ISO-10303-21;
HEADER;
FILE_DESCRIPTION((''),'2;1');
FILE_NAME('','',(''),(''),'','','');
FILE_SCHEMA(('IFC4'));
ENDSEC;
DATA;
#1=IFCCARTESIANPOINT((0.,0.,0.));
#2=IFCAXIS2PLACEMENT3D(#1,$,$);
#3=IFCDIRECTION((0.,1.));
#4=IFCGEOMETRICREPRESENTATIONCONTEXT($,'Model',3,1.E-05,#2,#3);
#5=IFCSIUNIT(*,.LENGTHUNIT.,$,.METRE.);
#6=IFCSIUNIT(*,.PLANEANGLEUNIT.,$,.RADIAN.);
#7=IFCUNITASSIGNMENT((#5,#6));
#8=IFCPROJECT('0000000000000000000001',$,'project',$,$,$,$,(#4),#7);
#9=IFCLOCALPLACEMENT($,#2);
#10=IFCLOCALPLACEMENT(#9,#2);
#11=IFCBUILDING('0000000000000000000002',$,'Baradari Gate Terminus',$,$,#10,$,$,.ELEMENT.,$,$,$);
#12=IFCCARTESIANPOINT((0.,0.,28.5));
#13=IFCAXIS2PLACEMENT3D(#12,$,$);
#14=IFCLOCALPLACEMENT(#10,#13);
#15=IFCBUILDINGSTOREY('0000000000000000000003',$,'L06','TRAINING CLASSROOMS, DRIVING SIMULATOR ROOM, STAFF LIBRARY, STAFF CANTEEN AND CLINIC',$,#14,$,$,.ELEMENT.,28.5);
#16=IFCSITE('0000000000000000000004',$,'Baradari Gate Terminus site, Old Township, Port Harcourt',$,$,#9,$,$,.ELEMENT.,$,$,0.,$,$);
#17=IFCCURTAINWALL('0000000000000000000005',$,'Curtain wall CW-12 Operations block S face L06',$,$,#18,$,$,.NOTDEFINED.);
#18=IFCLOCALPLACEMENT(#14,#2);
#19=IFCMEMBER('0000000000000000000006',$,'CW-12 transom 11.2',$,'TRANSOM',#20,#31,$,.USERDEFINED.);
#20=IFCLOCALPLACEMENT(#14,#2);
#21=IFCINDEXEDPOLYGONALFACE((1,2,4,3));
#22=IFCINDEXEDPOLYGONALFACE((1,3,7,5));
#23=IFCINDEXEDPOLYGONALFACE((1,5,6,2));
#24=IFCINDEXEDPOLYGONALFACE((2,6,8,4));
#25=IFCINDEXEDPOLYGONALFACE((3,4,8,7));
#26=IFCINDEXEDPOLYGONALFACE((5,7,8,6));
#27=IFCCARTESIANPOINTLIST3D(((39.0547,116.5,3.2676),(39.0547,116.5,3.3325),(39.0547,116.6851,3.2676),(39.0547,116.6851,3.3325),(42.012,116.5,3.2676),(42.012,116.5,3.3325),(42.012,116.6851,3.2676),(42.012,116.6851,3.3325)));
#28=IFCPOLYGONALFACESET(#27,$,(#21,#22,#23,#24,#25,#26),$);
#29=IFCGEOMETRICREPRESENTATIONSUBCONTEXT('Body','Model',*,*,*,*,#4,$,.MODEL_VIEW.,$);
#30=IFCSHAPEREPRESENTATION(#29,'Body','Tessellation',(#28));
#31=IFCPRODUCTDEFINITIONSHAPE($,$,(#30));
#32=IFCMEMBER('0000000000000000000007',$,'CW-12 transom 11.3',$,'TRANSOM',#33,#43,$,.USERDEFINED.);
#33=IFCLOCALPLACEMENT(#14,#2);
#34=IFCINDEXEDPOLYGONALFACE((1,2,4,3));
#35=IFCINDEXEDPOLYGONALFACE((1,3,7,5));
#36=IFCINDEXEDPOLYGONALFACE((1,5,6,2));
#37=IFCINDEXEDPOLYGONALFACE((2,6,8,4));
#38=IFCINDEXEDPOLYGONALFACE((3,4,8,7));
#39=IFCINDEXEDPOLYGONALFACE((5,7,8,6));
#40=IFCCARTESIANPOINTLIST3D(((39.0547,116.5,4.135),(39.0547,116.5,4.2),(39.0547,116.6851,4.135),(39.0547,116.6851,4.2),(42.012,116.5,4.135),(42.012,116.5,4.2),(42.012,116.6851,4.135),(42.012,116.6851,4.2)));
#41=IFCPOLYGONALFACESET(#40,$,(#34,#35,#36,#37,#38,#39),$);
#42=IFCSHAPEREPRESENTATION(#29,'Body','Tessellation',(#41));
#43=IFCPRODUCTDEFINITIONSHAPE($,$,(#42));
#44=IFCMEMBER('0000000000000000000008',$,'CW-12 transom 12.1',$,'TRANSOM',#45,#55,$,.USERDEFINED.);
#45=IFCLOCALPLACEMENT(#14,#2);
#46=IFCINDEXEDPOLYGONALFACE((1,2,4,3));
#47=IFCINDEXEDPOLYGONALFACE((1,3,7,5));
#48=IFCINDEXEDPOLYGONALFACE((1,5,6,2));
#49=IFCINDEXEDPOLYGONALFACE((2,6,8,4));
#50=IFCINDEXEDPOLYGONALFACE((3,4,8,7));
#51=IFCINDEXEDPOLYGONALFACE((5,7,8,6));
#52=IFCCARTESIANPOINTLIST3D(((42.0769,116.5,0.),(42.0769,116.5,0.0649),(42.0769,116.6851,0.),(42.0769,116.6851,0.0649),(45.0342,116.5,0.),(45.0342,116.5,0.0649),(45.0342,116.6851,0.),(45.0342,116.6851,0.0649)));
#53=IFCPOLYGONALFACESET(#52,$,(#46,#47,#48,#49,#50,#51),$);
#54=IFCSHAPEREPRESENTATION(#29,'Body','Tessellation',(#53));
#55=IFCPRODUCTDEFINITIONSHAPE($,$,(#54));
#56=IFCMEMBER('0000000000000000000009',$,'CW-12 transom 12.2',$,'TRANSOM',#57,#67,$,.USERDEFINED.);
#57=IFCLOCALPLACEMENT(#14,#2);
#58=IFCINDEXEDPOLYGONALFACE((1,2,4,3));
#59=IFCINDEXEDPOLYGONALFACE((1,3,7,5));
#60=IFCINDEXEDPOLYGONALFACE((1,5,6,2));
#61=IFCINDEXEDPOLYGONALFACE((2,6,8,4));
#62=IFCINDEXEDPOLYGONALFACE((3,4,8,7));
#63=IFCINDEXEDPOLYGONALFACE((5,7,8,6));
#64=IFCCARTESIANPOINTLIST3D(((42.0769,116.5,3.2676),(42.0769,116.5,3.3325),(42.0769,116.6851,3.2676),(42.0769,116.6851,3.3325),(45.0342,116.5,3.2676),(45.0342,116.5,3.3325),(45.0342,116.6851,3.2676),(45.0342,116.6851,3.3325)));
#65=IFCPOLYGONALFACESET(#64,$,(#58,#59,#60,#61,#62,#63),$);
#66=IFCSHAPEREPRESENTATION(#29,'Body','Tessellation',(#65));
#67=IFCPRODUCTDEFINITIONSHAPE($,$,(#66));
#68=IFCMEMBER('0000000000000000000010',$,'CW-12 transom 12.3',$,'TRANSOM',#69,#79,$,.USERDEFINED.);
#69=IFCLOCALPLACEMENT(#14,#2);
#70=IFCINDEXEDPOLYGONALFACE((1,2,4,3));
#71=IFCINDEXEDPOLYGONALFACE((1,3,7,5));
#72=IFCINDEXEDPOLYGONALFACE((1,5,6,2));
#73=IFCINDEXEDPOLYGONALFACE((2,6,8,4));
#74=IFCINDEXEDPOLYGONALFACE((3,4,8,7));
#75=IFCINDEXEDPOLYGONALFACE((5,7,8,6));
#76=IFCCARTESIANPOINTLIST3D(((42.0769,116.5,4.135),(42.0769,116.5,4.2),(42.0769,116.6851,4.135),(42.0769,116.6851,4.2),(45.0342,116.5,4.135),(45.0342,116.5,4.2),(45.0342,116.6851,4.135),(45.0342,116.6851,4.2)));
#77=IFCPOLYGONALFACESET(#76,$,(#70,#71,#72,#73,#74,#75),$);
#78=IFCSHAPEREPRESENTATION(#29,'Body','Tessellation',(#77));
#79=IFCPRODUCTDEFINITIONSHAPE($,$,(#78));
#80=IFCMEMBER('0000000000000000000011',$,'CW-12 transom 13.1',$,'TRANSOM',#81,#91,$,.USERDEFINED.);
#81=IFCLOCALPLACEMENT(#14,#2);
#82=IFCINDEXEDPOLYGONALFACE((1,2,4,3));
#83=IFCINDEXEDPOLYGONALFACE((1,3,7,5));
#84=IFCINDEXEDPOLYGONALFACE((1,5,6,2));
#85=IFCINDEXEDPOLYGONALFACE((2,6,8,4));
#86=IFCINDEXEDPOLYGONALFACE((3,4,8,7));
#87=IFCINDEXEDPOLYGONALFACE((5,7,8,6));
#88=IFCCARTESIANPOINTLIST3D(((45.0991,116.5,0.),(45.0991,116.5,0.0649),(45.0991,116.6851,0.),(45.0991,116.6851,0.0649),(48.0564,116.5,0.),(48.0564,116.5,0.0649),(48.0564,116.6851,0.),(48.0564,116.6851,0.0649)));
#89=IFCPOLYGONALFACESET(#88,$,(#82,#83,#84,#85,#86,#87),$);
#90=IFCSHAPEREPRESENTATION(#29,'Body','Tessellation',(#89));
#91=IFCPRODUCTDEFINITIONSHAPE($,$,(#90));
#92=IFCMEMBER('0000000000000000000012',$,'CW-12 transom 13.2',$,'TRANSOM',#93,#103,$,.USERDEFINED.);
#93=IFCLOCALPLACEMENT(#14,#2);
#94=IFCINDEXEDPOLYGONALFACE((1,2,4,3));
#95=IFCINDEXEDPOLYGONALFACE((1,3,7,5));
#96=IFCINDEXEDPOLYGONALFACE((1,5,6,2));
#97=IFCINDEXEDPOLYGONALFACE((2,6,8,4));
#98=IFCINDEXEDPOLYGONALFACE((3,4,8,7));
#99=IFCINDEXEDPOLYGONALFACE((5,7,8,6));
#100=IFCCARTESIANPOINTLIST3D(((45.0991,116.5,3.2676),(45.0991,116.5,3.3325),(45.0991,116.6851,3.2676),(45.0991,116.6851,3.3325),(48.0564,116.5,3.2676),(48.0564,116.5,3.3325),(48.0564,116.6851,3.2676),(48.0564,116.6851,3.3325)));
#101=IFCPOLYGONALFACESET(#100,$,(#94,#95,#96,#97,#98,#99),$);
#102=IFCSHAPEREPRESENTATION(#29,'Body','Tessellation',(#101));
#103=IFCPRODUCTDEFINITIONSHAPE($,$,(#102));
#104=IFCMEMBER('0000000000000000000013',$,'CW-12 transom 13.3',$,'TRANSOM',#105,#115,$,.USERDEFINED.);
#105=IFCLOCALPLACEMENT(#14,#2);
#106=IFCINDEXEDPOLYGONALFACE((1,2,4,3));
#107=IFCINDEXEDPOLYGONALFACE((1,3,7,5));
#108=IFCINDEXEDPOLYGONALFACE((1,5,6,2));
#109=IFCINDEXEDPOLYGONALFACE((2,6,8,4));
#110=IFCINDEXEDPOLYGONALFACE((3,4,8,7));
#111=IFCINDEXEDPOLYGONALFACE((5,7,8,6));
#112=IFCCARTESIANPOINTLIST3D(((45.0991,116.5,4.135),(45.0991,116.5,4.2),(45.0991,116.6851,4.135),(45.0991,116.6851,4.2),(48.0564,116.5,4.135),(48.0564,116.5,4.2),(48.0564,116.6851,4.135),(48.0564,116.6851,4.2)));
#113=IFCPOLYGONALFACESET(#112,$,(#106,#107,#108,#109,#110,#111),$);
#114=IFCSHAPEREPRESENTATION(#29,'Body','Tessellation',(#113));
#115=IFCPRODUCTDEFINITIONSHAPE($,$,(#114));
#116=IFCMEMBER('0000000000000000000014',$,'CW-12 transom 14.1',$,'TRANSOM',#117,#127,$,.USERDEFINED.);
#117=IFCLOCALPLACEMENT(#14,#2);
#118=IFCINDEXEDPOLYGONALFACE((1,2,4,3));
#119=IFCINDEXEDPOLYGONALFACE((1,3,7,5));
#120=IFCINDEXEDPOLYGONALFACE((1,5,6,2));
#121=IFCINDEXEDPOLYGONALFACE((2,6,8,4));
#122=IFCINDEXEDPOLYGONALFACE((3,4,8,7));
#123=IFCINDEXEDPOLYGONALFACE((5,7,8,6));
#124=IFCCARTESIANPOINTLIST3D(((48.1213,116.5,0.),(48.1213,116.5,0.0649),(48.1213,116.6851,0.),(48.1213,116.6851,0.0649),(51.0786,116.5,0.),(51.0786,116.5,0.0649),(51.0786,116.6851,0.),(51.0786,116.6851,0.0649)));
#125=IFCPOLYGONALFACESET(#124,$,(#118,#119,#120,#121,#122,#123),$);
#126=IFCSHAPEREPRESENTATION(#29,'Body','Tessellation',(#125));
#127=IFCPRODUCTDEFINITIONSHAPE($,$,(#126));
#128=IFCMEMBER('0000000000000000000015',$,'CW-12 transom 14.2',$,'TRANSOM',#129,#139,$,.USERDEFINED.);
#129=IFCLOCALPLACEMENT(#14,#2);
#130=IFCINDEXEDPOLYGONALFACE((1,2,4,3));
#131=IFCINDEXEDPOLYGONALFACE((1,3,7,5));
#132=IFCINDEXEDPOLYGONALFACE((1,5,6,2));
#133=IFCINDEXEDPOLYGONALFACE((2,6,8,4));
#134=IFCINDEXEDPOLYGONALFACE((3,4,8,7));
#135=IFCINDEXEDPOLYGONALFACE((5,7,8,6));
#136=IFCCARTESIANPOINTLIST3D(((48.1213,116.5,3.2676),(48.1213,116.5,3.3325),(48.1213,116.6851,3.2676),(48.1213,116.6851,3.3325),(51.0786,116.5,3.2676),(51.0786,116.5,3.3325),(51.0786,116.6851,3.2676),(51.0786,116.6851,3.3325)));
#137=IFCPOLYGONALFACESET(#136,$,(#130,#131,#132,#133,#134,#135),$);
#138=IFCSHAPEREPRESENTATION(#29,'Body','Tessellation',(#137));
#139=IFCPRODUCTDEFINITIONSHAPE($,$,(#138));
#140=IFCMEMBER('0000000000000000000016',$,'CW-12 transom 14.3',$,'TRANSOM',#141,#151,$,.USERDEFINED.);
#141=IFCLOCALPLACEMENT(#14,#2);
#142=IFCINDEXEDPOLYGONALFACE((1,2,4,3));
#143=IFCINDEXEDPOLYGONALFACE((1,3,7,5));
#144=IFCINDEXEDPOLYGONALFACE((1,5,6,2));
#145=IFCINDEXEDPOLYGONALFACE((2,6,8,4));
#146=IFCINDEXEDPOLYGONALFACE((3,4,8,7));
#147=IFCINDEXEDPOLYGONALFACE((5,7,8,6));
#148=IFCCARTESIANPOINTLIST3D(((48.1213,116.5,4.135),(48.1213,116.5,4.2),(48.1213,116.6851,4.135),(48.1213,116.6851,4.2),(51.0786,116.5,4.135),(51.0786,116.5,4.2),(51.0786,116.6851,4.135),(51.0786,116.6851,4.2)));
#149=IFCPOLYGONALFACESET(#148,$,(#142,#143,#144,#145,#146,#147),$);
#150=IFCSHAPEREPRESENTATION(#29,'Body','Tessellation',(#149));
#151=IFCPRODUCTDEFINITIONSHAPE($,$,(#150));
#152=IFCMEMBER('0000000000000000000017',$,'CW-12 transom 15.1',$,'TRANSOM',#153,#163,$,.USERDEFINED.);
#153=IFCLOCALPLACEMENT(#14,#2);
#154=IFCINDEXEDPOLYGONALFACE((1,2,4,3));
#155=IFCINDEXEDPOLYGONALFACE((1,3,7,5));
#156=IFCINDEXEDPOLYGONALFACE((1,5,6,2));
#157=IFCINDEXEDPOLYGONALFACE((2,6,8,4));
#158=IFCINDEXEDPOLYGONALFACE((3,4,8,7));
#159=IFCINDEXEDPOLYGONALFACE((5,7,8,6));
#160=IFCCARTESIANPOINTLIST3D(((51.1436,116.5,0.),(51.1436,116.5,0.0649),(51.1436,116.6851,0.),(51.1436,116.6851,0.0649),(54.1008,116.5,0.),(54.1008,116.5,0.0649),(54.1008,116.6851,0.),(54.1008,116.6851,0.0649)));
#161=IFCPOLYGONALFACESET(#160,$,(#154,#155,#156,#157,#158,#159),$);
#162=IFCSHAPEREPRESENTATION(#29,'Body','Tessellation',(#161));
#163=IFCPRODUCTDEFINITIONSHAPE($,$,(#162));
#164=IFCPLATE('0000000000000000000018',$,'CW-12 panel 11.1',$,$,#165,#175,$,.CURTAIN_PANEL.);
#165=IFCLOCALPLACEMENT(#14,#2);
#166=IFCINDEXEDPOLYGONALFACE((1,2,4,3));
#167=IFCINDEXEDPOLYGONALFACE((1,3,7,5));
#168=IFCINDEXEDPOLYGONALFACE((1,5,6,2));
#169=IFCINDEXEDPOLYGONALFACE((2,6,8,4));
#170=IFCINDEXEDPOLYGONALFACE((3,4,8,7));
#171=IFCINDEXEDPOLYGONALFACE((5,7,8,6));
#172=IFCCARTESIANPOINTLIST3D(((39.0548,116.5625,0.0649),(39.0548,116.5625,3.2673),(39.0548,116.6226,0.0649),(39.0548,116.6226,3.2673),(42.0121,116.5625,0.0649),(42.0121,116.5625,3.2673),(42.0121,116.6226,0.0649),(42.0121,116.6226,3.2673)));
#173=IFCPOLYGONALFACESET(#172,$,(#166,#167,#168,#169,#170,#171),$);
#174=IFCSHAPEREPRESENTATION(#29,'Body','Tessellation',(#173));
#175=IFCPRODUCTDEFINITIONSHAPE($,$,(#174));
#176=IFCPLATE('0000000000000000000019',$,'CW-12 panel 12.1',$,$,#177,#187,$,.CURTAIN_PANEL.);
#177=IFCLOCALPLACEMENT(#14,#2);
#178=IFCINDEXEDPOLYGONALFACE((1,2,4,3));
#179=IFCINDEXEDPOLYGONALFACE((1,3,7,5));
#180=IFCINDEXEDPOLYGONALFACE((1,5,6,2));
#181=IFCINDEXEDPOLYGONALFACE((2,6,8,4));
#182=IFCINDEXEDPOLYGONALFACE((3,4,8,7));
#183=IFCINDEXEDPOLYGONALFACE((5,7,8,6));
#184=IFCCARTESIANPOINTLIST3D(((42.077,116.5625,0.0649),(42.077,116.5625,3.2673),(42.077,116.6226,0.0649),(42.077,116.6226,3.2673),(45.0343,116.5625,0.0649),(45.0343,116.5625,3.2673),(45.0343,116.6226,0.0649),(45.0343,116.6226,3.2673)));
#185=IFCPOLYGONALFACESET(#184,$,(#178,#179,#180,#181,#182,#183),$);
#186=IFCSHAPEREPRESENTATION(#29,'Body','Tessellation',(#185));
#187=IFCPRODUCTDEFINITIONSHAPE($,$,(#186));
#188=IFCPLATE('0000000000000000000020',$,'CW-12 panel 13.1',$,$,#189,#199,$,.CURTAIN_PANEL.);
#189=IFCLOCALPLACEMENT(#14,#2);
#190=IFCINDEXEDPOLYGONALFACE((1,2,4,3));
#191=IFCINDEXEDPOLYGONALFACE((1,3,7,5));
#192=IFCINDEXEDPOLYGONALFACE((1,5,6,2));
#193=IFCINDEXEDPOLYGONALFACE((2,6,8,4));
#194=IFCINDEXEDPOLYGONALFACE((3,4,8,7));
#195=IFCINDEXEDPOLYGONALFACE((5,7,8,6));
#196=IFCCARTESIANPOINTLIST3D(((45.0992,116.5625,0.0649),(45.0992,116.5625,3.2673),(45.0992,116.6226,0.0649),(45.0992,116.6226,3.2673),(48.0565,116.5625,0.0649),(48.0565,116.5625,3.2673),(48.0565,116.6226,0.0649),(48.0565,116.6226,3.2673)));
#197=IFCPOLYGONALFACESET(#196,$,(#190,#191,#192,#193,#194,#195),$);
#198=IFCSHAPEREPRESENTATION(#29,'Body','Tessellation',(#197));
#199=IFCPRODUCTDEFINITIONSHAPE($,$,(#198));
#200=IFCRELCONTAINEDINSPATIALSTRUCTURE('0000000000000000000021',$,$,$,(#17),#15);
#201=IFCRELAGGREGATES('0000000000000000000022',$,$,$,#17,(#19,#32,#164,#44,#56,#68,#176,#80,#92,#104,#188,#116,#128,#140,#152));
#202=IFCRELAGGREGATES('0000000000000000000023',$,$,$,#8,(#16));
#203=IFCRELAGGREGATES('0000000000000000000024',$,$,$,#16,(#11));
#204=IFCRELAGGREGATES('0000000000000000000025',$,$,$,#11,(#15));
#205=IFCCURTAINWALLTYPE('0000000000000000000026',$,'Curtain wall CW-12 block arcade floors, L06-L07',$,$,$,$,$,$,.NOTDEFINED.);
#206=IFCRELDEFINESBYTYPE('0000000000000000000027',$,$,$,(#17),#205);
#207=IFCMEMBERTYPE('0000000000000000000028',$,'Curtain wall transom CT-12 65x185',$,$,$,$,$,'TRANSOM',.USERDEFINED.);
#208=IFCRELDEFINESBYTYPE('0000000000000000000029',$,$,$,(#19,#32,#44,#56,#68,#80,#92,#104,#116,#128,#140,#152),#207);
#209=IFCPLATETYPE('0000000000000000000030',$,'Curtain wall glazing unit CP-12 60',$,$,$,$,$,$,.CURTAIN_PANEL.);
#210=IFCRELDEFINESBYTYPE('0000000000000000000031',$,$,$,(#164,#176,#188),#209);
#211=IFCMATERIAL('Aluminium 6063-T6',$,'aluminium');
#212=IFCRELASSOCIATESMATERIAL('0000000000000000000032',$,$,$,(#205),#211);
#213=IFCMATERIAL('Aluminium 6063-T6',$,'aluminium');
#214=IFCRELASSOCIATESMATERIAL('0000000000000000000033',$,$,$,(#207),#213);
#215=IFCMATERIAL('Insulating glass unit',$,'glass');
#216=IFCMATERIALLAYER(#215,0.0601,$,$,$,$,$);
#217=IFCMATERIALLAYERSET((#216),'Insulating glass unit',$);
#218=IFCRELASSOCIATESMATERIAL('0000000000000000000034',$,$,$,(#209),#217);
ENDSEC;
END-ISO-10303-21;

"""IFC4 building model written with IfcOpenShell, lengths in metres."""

from ifc_helpers import new_model, si_unit, direction, frame, origin, origin_2d, place, context, subcontext, project, spatial, rectangle, extrude, material, layer, layer_set, material_profile, profile_set, type_object, element, aggregate, save


model = new_model("IFC4")

# Units and contexts
model_context = context("Model", 3, precision=1e-05, world=origin(), true_north=direction((0.0, 1.0)))
body_context = subcontext(model_context, "Body", "Model", "MODEL_VIEW")
ifc_project = project(units=[si_unit("LENGTHUNIT", "METRE"), si_unit("PLANEANGLEUNIT", "RADIAN")], contexts=[model_context])

# Site, building, storey
site_placement = place(None, origin())
site = spatial("IfcSite", under=ifc_project, at=site_placement, Name="Baradari Gate Terminus site, Old Township, Port Harcourt", CompositionType="ELEMENT", RefElevation=0.0)
building_placement = place(site_placement, origin())
building = spatial("IfcBuilding", under=site, at=building_placement, Name="Baradari Gate Terminus", CompositionType="ELEMENT")
storey_placement = place(building_placement, frame((0.0, 0.0, 28.5)))
storey = spatial("IfcBuildingStorey", under=building, at=storey_placement, Name="L06", Description="TRAINING CLASSROOMS, DRIVING SIMULATOR ROOM, STAFF LIBRARY, STAFF CANTEEN AND CLINIC", CompositionType="ELEMENT", Elevation=28.5)

# Curtain wall, members, plates
ifc_material_1 = material(Name="Aluminium 6063-T6", Category="aluminium")
curtain_wall_type = type_object("IfcCurtainWallType", Name="Curtain wall CW-12 block arcade floors, L06-L07", PredefinedType="NOTDEFINED", material=ifc_material_1)
curtain_wall_placement = place(storey_placement, origin())
curtain_wall = element("IfcCurtainWall", 1, at=curtain_wall_placement, inside=storey, type_object=curtain_wall_type, Name="Curtain wall CW-12 Operations block S face L06", PredefinedType="NOTDEFINED")
ifc_material_2 = material(Name="Aluminium 6063-T6", Category="aluminium")
ifc_material_profile = material_profile(ifc_material_2, rectangle(XDim=0.1851, YDim=0.0649, at=origin_2d()), Name="CT-12 65X185")
ifc_profile_set = profile_set([ifc_material_profile], Name="Aluminium 6063-T6")
member_type = type_object("IfcMemberType", Name="Curtain wall transom CT-12 65x185", ElementType="TRANSOM", PredefinedType="USERDEFINED", material=ifc_profile_set)
member_1_placement = place(storey_placement, frame((39.0547, 116.5925, 3.3), z_axis=(1.0, 0.0, 0.0), x_axis=(0.0, 1.0, 0.0)))
member_1 = element("IfcMember", 2, at=member_1_placement, type_object=member_type, Name="CW-12 transom 11.2", ObjectType="TRANSOM", PredefinedType="USERDEFINED", context=body_context, shape_type="SweptSolid", body=[
    extrude(rectangle(XDim=0.1851, YDim=0.0649, at=origin_2d()), origin(), (0.0, 0.0, 1.0), 2.9573),
])
member_2_placement = place(storey_placement, frame((39.0547, 116.5925, 4.1675), z_axis=(1.0, 0.0, 0.0), x_axis=(0.0, 1.0, 0.0)))
member_2 = element("IfcMember", 3, at=member_2_placement, type_object=member_type, Name="CW-12 transom 11.3", ObjectType="TRANSOM", PredefinedType="USERDEFINED", context=body_context, shape_type="SweptSolid", body=[
    extrude(rectangle(XDim=0.1851, YDim=0.0649, at=origin_2d()), origin(), (0.0, 0.0, 1.0), 2.9573),
])
member_3_placement = place(storey_placement, frame((42.0769, 116.5925, 0.0325), z_axis=(1.0, 0.0, 0.0), x_axis=(0.0, 1.0, 0.0)))
member_3 = element("IfcMember", 4, at=member_3_placement, type_object=member_type, Name="CW-12 transom 12.1", ObjectType="TRANSOM", PredefinedType="USERDEFINED", context=body_context, shape_type="SweptSolid", body=[
    extrude(rectangle(XDim=0.1851, YDim=0.0649, at=origin_2d()), origin(), (0.0, 0.0, 1.0), 2.9573),
])
member_4_placement = place(storey_placement, frame((42.0769, 116.5925, 3.3), z_axis=(1.0, 0.0, 0.0), x_axis=(0.0, 1.0, 0.0)))
member_4 = element("IfcMember", 5, at=member_4_placement, type_object=member_type, Name="CW-12 transom 12.2", ObjectType="TRANSOM", PredefinedType="USERDEFINED", context=body_context, shape_type="SweptSolid", body=[
    extrude(rectangle(XDim=0.1851, YDim=0.0649, at=origin_2d()), origin(), (0.0, 0.0, 1.0), 2.9573),
])
member_5_placement = place(storey_placement, frame((42.0769, 116.5925, 4.1675), z_axis=(1.0, 0.0, 0.0), x_axis=(0.0, 1.0, 0.0)))
member_5 = element("IfcMember", 6, at=member_5_placement, type_object=member_type, Name="CW-12 transom 12.3", ObjectType="TRANSOM", PredefinedType="USERDEFINED", context=body_context, shape_type="SweptSolid", body=[
    extrude(rectangle(XDim=0.1851, YDim=0.0649, at=origin_2d()), origin(), (0.0, 0.0, 1.0), 2.9573),
])
member_6_placement = place(storey_placement, frame((45.0991, 116.5925, 0.0325), z_axis=(1.0, 0.0, 0.0), x_axis=(0.0, 1.0, 0.0)))
member_6 = element("IfcMember", 7, at=member_6_placement, type_object=member_type, Name="CW-12 transom 13.1", ObjectType="TRANSOM", PredefinedType="USERDEFINED", context=body_context, shape_type="SweptSolid", body=[
    extrude(rectangle(XDim=0.1851, YDim=0.0649, at=origin_2d()), origin(), (0.0, 0.0, 1.0), 2.9573),
])
member_7_placement = place(storey_placement, frame((45.0991, 116.5925, 3.3), z_axis=(1.0, 0.0, 0.0), x_axis=(0.0, 1.0, 0.0)))
member_7 = element("IfcMember", 8, at=member_7_placement, type_object=member_type, Name="CW-12 transom 13.2", ObjectType="TRANSOM", PredefinedType="USERDEFINED", context=body_context, shape_type="SweptSolid", body=[
    extrude(rectangle(XDim=0.1851, YDim=0.0649, at=origin_2d()), origin(), (0.0, 0.0, 1.0), 2.9573),
])
member_8_placement = place(storey_placement, frame((45.0991, 116.5925, 4.1675), z_axis=(1.0, 0.0, 0.0), x_axis=(0.0, 1.0, 0.0)))
member_8 = element("IfcMember", 9, at=member_8_placement, type_object=member_type, Name="CW-12 transom 13.3", ObjectType="TRANSOM", PredefinedType="USERDEFINED", context=body_context, shape_type="SweptSolid", body=[
    extrude(rectangle(XDim=0.1851, YDim=0.0649, at=origin_2d()), origin(), (0.0, 0.0, 1.0), 2.9573),
])
member_9_placement = place(storey_placement, frame((48.1213, 116.5925, 0.0325), z_axis=(1.0, 0.0, 0.0), x_axis=(0.0, 1.0, 0.0)))
member_9 = element("IfcMember", 10, at=member_9_placement, type_object=member_type, Name="CW-12 transom 14.1", ObjectType="TRANSOM", PredefinedType="USERDEFINED", context=body_context, shape_type="SweptSolid", body=[
    extrude(rectangle(XDim=0.1851, YDim=0.0649, at=origin_2d()), origin(), (0.0, 0.0, 1.0), 2.9573),
])
member_10_placement = place(storey_placement, frame((48.1213, 116.5925, 3.3), z_axis=(1.0, 0.0, 0.0), x_axis=(0.0, 1.0, 0.0)))
member_10 = element("IfcMember", 11, at=member_10_placement, type_object=member_type, Name="CW-12 transom 14.2", ObjectType="TRANSOM", PredefinedType="USERDEFINED", context=body_context, shape_type="SweptSolid", body=[
    extrude(rectangle(XDim=0.1851, YDim=0.0649, at=origin_2d()), origin(), (0.0, 0.0, 1.0), 2.9573),
])
member_11_placement = place(storey_placement, frame((48.1213, 116.5925, 4.1675), z_axis=(1.0, 0.0, 0.0), x_axis=(0.0, 1.0, 0.0)))
member_11 = element("IfcMember", 12, at=member_11_placement, type_object=member_type, Name="CW-12 transom 14.3", ObjectType="TRANSOM", PredefinedType="USERDEFINED", context=body_context, shape_type="SweptSolid", body=[
    extrude(rectangle(XDim=0.1851, YDim=0.0649, at=origin_2d()), origin(), (0.0, 0.0, 1.0), 2.9573),
])
member_12_placement = place(storey_placement, frame((51.1436, 116.5925, 0.0325), z_axis=(1.0, 0.0, 0.0), x_axis=(0.0, 1.0, 0.0)))
member_12 = element("IfcMember", 13, at=member_12_placement, type_object=member_type, Name="CW-12 transom 15.1", ObjectType="TRANSOM", PredefinedType="USERDEFINED", context=body_context, shape_type="SweptSolid", body=[
    extrude(rectangle(XDim=0.1851, YDim=0.0649, at=origin_2d()), origin(), (0.0, 0.0, 1.0), 2.9573),
])
ifc_material_3 = material(Name="Insulating glass unit", Category="glass")
ifc_layer_1 = layer(ifc_material_3, 0.0601)
ifc_layer_set_1 = layer_set([ifc_layer_1], Name="Insulating glass unit")
plate_type_1 = type_object("IfcPlateType", Name="Curtain wall glazing unit CP-12 60", PredefinedType="CURTAIN_PANEL", material=ifc_layer_set_1)
plate_1_placement = place(storey_placement, frame((40.5334, 116.5925, 0.0649), z_axis=(0.0, 0.0, 1.0), x_axis=(1.0, 0.0, 0.0)))
plate_1 = element("IfcPlate", 14, at=plate_1_placement, type_object=plate_type_1, Name="CW-12 panel 11.1", PredefinedType="CURTAIN_PANEL", context=body_context, shape_type="SweptSolid", body=[
    extrude(rectangle(XDim=2.9573, YDim=0.0601, at=origin_2d()), origin(), (0.0, 0.0, 1.0), 3.2024),
])
plate_2_placement = place(storey_placement, frame((43.5557, 116.5925, 0.0649), z_axis=(0.0, 0.0, 1.0), x_axis=(1.0, 0.0, 0.0)))
plate_2 = element("IfcPlate", 15, at=plate_2_placement, type_object=plate_type_1, Name="CW-12 panel 12.1", PredefinedType="CURTAIN_PANEL", context=body_context, shape_type="SweptSolid", body=[
    extrude(rectangle(XDim=2.9573, YDim=0.0601, at=origin_2d()), origin(), (0.0, 0.0, 1.0), 3.2024),
])
plate_3_placement = place(storey_placement, frame((46.5779, 116.5925, 0.0649), z_axis=(0.0, 0.0, 1.0), x_axis=(1.0, 0.0, 0.0)))
plate_3 = element("IfcPlate", 16, at=plate_3_placement, type_object=plate_type_1, Name="CW-12 panel 13.1", PredefinedType="CURTAIN_PANEL", context=body_context, shape_type="SweptSolid", body=[
    extrude(rectangle(XDim=2.9573, YDim=0.0601, at=origin_2d()), origin(), (0.0, 0.0, 1.0), 3.2024),
])
aggregate(curtain_wall, [member_1, member_2, plate_1, member_3, member_4, member_5, plate_2, member_6, member_7, member_8, plate_3, member_9, member_10, member_11, member_12])

save(model, "model.ifc")
